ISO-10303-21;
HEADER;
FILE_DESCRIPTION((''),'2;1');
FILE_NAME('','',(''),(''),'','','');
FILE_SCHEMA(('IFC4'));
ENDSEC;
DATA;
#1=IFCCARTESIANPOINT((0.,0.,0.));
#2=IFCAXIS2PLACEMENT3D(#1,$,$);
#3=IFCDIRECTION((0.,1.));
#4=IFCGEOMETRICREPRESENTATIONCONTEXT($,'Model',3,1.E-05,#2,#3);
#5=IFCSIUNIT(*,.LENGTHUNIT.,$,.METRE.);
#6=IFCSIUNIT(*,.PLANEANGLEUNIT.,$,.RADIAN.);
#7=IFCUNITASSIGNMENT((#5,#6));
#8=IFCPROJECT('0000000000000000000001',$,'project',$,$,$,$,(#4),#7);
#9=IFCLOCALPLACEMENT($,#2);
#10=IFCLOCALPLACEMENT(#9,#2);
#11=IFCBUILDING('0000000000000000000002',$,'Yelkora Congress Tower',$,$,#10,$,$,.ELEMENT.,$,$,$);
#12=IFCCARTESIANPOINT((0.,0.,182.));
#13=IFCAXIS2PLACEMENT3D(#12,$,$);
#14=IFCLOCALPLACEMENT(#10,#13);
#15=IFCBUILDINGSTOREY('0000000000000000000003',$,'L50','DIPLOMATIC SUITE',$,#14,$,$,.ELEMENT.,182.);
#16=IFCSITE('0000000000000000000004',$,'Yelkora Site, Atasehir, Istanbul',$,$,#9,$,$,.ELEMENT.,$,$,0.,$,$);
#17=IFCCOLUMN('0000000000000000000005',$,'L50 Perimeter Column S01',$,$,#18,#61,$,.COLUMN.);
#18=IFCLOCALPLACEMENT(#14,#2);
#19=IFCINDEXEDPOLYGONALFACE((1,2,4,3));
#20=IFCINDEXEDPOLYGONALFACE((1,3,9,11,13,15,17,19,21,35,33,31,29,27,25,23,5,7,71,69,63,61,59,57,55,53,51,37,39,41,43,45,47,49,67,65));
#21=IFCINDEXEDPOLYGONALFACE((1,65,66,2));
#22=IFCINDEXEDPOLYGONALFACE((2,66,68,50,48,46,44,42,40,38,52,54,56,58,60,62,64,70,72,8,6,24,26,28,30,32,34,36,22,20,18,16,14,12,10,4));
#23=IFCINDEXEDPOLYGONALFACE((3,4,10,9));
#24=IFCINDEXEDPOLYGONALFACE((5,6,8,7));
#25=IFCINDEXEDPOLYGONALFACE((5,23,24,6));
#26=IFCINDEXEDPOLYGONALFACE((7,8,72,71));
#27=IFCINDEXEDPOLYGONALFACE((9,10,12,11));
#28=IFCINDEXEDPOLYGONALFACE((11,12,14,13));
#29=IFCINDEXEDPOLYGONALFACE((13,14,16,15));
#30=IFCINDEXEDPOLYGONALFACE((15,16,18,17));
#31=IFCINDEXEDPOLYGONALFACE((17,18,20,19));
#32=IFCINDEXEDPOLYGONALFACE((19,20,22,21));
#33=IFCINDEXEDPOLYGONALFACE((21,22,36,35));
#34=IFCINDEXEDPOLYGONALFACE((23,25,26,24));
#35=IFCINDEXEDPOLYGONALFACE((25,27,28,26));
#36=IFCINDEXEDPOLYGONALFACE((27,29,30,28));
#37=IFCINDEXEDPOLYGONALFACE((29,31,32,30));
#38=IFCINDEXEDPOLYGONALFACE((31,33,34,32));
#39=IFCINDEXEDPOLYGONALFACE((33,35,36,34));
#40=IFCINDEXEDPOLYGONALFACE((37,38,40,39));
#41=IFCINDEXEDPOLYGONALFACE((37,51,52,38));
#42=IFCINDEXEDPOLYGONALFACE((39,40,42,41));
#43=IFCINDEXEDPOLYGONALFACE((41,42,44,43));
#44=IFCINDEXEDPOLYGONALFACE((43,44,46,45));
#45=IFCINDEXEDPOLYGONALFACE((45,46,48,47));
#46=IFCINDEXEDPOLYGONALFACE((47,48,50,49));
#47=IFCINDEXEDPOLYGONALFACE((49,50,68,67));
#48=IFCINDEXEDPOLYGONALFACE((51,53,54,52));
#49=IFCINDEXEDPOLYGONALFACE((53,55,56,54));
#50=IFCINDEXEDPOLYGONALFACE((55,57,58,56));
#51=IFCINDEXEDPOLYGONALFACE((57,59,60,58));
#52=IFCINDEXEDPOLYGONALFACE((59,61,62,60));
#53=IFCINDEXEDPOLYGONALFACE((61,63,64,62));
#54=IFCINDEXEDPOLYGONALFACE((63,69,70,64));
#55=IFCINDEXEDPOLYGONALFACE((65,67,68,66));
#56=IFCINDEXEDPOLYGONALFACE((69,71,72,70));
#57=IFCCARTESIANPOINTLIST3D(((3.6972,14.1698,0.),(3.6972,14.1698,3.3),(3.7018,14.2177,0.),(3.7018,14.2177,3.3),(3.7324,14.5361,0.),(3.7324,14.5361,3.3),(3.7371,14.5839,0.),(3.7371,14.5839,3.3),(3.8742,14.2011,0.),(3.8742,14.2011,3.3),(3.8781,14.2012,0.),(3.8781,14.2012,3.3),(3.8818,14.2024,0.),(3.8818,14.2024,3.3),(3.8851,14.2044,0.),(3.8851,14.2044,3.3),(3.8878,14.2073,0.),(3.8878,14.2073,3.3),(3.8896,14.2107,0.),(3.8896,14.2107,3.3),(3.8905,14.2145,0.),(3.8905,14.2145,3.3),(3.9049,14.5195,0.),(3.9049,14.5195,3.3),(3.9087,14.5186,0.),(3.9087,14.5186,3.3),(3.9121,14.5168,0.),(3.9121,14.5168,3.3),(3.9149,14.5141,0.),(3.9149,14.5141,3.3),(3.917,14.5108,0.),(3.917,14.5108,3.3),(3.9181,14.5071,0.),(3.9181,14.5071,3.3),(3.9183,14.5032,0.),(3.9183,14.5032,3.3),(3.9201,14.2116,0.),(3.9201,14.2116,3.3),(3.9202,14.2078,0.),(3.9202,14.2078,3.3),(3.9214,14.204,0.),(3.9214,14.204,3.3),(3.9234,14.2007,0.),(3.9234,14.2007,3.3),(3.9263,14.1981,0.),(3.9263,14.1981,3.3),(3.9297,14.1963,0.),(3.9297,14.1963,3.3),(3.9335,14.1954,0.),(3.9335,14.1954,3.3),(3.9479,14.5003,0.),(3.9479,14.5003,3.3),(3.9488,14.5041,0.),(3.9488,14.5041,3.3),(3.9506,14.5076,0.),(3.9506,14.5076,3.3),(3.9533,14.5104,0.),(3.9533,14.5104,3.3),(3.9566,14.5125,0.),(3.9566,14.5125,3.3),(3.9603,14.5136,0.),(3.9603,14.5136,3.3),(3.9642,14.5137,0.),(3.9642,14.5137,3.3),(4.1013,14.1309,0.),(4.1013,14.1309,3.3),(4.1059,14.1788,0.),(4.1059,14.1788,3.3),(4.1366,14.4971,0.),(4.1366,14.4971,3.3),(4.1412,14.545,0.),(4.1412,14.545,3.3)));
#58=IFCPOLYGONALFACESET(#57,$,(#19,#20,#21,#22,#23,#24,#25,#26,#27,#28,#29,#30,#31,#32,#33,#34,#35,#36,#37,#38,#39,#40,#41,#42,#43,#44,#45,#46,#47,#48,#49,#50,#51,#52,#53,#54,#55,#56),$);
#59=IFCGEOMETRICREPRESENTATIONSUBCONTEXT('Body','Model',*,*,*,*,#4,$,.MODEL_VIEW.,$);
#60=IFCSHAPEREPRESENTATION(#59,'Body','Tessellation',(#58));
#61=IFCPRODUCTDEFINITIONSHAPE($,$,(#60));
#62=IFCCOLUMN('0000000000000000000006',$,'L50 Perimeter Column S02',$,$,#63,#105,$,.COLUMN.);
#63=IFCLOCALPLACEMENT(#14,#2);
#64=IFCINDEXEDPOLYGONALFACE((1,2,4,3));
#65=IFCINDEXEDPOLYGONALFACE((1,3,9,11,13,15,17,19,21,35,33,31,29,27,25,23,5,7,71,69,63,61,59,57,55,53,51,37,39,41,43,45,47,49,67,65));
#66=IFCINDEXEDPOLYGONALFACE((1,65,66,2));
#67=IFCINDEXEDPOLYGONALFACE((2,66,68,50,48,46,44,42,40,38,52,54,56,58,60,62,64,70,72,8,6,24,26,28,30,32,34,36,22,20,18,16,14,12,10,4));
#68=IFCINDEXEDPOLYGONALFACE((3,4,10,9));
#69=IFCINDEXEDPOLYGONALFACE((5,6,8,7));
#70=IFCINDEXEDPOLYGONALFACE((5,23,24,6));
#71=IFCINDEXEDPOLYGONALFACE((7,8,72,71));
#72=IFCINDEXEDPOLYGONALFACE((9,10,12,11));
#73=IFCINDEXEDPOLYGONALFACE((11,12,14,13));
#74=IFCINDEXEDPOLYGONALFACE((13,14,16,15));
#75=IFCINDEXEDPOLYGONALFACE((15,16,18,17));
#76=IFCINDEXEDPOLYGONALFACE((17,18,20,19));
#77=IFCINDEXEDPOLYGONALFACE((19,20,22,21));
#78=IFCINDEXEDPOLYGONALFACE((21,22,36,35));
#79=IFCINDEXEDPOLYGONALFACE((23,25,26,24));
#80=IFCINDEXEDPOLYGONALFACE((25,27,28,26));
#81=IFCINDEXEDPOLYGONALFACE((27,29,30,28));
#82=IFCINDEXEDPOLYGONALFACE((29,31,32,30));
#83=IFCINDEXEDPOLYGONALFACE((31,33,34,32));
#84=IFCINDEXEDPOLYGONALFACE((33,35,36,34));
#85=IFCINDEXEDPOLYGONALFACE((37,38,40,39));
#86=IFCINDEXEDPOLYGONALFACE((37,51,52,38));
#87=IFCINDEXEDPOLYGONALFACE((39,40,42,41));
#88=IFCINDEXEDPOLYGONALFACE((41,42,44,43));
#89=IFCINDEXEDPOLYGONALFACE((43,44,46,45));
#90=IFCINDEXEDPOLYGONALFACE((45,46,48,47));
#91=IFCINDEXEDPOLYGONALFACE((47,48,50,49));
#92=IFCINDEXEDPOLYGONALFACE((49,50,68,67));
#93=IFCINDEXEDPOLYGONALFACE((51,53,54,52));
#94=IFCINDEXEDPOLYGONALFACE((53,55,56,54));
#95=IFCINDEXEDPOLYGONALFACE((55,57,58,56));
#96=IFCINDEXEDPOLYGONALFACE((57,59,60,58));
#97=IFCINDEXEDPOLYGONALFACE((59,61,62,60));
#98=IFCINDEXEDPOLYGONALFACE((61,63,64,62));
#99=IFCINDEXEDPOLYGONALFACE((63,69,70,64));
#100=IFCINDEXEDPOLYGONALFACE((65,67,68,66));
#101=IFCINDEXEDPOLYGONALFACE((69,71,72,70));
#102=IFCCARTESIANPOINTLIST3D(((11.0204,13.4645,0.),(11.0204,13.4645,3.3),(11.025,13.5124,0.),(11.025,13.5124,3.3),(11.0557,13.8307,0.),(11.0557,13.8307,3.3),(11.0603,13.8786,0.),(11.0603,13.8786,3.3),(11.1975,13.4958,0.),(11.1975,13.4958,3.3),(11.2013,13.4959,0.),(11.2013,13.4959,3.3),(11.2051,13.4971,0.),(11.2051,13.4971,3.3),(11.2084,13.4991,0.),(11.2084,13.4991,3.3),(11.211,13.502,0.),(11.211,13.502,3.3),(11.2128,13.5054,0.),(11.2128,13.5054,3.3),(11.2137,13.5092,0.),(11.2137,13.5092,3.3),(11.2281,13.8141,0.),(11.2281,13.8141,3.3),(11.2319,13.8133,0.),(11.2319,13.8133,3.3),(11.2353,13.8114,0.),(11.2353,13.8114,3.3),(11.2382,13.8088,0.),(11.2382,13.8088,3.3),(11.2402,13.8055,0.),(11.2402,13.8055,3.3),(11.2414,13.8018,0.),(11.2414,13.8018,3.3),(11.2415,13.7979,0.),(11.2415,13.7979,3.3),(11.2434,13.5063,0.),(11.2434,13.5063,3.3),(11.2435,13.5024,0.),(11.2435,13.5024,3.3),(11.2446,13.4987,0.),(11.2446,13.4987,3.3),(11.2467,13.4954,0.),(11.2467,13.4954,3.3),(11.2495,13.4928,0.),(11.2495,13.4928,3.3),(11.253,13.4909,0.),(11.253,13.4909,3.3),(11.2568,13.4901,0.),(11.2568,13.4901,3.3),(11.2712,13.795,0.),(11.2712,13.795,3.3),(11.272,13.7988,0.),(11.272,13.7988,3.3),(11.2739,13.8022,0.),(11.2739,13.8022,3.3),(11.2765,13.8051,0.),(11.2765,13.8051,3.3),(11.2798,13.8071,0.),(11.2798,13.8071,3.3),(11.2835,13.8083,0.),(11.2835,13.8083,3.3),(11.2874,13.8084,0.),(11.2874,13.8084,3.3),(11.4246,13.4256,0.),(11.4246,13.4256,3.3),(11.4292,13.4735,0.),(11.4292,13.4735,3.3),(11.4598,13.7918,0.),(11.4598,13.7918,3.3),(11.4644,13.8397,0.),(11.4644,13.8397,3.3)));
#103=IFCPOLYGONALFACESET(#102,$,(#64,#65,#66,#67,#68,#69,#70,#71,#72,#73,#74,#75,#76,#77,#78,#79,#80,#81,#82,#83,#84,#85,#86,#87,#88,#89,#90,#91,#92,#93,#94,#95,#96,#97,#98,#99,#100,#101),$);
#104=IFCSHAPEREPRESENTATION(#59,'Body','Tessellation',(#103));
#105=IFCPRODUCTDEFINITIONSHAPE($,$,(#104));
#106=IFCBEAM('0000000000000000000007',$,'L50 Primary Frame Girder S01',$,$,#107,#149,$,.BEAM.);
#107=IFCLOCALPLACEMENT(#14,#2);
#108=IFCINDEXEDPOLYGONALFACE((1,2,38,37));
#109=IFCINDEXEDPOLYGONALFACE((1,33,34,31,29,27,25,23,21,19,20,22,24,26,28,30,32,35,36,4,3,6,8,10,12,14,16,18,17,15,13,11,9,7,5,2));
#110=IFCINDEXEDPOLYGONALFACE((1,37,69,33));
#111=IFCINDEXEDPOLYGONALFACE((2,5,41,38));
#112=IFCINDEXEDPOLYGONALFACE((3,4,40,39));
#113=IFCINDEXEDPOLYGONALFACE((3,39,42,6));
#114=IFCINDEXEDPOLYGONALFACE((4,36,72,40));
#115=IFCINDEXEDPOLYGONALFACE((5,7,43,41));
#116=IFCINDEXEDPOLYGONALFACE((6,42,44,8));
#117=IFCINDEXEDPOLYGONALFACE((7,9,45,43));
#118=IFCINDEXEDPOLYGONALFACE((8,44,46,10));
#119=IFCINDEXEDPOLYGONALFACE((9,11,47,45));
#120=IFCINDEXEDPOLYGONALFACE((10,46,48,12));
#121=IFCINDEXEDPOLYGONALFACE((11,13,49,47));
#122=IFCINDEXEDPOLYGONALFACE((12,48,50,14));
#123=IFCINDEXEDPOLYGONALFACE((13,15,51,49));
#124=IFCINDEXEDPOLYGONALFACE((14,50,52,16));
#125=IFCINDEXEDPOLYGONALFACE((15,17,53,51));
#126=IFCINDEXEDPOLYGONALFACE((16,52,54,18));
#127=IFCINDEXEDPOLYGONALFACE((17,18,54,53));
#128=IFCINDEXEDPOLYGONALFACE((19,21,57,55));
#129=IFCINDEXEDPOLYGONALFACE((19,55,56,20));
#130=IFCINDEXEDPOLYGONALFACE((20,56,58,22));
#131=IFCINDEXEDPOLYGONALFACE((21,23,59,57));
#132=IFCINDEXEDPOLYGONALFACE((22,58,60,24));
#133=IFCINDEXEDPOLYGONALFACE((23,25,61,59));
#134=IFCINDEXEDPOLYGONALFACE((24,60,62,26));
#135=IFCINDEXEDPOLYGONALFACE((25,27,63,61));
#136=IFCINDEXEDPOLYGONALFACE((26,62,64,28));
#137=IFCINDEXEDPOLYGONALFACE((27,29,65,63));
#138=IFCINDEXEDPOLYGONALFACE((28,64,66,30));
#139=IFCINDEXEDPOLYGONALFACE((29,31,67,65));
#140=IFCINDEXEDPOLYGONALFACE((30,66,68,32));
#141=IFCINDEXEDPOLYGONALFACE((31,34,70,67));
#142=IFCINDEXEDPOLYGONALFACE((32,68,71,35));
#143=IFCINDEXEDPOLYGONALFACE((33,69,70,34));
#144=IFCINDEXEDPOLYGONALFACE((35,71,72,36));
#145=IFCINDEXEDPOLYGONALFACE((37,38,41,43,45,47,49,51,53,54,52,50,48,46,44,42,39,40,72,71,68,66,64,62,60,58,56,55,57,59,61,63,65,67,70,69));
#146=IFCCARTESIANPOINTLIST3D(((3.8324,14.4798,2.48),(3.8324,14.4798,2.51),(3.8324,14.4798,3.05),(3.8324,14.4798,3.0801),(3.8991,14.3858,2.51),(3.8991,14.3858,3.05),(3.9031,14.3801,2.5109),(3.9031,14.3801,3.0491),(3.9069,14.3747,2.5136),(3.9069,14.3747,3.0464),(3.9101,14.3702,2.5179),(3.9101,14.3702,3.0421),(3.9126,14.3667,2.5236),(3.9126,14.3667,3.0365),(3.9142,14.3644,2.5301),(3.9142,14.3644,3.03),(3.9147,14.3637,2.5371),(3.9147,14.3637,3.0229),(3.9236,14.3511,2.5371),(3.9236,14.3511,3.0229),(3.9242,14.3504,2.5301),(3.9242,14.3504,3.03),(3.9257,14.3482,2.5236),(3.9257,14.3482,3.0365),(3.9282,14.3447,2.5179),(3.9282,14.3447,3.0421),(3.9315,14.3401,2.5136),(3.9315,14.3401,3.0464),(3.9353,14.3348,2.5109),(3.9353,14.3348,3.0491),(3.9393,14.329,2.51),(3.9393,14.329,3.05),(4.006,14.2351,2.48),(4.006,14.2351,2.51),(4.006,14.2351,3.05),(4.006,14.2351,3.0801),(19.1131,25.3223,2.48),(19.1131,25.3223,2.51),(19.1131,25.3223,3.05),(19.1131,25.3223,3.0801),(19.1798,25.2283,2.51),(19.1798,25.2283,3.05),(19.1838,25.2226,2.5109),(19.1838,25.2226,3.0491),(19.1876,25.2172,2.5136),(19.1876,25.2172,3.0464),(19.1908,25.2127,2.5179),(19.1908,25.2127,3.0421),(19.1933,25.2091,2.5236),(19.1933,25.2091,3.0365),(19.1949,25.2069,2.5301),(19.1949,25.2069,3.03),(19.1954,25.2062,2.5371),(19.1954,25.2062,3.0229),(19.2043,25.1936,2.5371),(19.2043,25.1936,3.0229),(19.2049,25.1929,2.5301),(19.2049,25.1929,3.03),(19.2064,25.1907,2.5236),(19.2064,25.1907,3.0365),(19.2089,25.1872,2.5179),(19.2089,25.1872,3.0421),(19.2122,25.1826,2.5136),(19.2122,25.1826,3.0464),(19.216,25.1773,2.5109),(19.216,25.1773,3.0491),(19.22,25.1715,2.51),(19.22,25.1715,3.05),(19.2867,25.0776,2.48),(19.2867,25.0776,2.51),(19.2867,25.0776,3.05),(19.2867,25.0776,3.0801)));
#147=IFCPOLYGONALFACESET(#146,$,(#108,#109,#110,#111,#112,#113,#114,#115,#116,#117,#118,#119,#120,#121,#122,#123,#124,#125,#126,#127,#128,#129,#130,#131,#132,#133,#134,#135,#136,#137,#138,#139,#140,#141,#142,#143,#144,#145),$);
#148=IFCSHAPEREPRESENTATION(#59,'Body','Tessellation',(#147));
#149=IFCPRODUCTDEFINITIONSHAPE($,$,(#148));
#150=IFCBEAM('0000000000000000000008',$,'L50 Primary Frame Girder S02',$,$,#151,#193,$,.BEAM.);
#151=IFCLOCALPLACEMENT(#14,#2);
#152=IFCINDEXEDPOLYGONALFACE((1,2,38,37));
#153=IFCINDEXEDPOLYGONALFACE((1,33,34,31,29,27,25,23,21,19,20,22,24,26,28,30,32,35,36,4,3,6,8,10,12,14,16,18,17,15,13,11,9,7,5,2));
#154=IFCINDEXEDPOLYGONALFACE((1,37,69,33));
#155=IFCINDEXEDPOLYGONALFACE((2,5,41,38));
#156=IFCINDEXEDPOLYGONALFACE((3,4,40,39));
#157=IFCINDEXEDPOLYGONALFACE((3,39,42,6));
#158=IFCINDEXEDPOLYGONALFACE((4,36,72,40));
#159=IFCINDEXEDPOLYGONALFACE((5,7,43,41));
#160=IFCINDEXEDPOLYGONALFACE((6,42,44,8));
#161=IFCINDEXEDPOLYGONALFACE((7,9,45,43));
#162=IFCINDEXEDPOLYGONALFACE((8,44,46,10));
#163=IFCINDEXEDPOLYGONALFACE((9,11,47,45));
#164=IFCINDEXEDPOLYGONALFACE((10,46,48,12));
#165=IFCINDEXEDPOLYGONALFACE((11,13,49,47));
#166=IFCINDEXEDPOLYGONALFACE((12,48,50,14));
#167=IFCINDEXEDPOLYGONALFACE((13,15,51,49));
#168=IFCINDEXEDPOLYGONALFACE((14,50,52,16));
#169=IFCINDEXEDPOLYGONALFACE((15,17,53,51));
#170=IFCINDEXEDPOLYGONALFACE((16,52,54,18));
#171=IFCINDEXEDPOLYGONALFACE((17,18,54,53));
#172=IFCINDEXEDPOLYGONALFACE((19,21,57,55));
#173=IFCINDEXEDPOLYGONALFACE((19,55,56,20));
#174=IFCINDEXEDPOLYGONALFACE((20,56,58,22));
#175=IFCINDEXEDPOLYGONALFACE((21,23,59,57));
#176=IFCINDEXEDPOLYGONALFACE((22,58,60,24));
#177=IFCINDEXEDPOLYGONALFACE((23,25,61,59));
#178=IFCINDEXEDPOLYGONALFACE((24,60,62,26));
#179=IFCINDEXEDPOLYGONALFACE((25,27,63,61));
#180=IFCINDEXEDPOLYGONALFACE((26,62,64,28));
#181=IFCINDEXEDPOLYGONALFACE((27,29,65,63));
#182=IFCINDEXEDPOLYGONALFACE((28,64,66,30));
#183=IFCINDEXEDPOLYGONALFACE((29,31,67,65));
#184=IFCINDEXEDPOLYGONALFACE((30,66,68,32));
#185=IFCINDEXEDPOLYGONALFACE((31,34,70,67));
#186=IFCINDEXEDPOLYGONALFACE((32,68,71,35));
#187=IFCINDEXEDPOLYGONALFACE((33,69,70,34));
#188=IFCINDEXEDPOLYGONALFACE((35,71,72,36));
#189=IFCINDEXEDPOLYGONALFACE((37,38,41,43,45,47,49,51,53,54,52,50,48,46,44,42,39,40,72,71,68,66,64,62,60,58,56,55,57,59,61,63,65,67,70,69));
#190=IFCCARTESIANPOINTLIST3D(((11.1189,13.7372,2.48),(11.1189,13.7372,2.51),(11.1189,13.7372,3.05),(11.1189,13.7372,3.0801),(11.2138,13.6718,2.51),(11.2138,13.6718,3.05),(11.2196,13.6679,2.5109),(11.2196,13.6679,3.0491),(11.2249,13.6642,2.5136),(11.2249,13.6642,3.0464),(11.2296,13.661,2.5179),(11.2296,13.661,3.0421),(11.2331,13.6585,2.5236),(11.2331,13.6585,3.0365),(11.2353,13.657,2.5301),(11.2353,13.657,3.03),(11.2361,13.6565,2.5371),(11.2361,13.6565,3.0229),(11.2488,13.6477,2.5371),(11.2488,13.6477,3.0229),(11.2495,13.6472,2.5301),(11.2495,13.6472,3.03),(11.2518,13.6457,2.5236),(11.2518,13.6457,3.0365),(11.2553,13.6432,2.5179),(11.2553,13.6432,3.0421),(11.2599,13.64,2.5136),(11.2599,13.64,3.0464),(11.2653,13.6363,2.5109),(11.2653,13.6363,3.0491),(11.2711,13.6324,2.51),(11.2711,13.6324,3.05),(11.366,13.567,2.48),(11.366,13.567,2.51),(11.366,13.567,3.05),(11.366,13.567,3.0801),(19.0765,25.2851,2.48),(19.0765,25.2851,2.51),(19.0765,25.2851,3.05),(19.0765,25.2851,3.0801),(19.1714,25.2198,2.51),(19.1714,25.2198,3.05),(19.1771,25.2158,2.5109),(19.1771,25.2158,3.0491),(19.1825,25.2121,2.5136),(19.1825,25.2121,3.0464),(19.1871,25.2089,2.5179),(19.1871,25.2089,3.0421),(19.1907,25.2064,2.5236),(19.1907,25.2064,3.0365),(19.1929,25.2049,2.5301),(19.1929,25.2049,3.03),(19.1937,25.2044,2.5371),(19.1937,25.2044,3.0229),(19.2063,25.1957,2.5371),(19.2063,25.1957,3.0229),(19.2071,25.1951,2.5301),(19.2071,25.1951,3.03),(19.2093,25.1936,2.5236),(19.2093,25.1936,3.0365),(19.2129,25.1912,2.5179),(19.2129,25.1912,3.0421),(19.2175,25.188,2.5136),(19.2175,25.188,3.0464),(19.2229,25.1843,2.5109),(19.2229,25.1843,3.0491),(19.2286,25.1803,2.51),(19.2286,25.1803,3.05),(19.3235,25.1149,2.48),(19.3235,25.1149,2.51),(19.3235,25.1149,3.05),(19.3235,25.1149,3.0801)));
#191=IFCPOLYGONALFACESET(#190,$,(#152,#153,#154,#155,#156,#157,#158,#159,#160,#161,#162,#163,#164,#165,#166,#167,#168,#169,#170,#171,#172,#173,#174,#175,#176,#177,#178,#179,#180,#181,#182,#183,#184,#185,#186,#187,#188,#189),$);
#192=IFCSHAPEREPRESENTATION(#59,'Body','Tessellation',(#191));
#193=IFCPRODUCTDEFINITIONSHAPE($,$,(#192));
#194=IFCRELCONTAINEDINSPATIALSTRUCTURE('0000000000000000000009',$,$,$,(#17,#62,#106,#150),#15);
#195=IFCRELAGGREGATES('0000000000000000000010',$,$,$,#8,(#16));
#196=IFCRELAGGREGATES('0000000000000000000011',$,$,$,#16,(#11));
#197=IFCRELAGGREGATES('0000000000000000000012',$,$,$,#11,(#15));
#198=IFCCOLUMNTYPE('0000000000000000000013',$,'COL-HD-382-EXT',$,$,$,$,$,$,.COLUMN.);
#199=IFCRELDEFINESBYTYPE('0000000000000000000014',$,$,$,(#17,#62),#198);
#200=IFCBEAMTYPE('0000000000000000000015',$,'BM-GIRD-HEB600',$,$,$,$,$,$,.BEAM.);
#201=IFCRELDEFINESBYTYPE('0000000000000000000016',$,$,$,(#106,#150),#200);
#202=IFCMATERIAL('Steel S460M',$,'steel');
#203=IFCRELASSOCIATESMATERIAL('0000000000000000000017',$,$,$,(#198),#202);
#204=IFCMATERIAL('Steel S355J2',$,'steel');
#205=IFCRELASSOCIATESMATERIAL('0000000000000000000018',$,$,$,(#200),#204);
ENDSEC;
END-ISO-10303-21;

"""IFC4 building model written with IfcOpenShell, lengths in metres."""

from ifc_helpers import new_model, si_unit, direction, frame, origin, origin_2d, place, context, subcontext, project, spatial, i_section, extrude, material, material_profile, profile_set, type_object, element, save


model = new_model("IFC4")

# Units and contexts
model_context = context("Model", 3, precision=1e-05, world=origin(), true_north=direction((0.0, 1.0)))
body_context = subcontext(model_context, "Body", "Model", "MODEL_VIEW")
ifc_project = project(units=[si_unit("LENGTHUNIT", "METRE"), si_unit("PLANEANGLEUNIT", "RADIAN")], contexts=[model_context])

# Site, building, storey
site_placement = place(None, origin())
site = spatial("IfcSite", under=ifc_project, at=site_placement, Name="Yelkora Site, Atasehir, Istanbul", CompositionType="ELEMENT", RefElevation=0.0)
building_placement = place(site_placement, origin())
building = spatial("IfcBuilding", under=site, at=building_placement, Name="Yelkora Congress Tower", CompositionType="ELEMENT")
storey_placement = place(building_placement, frame((0.0, 0.0, 182.0)))
storey = spatial("IfcBuildingStorey", under=building, at=storey_placement, Name="L50", Description="DIPLOMATIC SUITE", CompositionType="ELEMENT", Elevation=182.0)

# Columns
ifc_material_1 = material(Name="Steel S460M", Category="steel")
ifc_material_profile_1 = material_profile(ifc_material_1, i_section(OverallWidth=0.406, OverallDepth=0.416, WebThickness=0.0298, FlangeThickness=0.0481, FilletRadius=0.0149, at=origin_2d()), Name="HD 400x382")
ifc_profile_set_1 = profile_set([ifc_material_profile_1], Name="Steel S460M")
column_type = type_object("IfcColumnType", Name="COL-HD-382-EXT", PredefinedType="COLUMN", material=ifc_profile_set_1)
for number, where, z_axis, x_axis, name in (
    (1, (3.9192, 14.3574, 0.0), (0.0, 0.0, 1.0), (0.995396, -0.095846, 0.0), "L50 Perimeter Column S01"),
    (2, (11.2424, 13.6521, 0.0), (0.0, 0.0, 1.0), (0.995396, -0.095846, 0.0), "L50 Perimeter Column S02"),
):
    element("IfcColumn", number, at=place(storey_placement, frame(where, z_axis=z_axis, x_axis=x_axis)), inside=storey, type_object=column_type, Name=name, PredefinedType="COLUMN", context=body_context, shape_type="SweptSolid", body=[
        extrude(i_section(OverallWidth=0.406, OverallDepth=0.416, WebThickness=0.0298, FlangeThickness=0.0481, FilletRadius=0.0149, at=origin_2d()), origin(), (0.0, 0.0, 1.0), 3.3),
    ])

# Beams
ifc_material_2 = material(Name="Steel S355J2", Category="steel")
ifc_material_profile_2 = material_profile(ifc_material_2, i_section(OverallWidth=0.3, OverallDepth=0.6001, WebThickness=0.0154, FlangeThickness=0.03, FilletRadius=0.0271, at=origin_2d()), Name="HEB 600")
ifc_profile_set_2 = profile_set([ifc_material_profile_2], Name="Steel S355J2")
beam_type_1 = type_object("IfcBeamType", Name="BM-GIRD-HEB600", PredefinedType="BEAM", material=ifc_profile_set_2)
beam_1_placement = place(storey_placement, frame((3.9192, 14.3574, 2.78), z_axis=(0.815555, 0.57868, 0.0), x_axis=(-0.57868, 0.815555, 0.0)))
element("IfcBeam", 3, at=beam_1_placement, inside=storey, type_object=beam_type_1, Name="L50 Primary Frame Girder S01", PredefinedType="BEAM", context=body_context, shape_type="SweptSolid", body=[
    extrude(i_section(OverallWidth=0.3, OverallDepth=0.6001, WebThickness=0.0154, FlangeThickness=0.03, FilletRadius=0.0271, at=origin_2d()), origin(), (0.0, 0.0, 1.0), 18.7366),
])
beam_2_placement = place(storey_placement, frame((11.2424, 13.6521, 2.78), z_axis=(0.567418, 0.82343, 0.0), x_axis=(-0.82343, 0.567418, 0.0)))
element("IfcBeam", 4, at=beam_2_placement, inside=storey, type_object=beam_type_1, Name="L50 Primary Frame Girder S02", PredefinedType="BEAM", context=body_context, shape_type="SweptSolid", body=[
    extrude(i_section(OverallWidth=0.3, OverallDepth=0.6001, WebThickness=0.0154, FlangeThickness=0.03, FilletRadius=0.0271, at=origin_2d()), origin(), (0.0, 0.0, 1.0), 14.0242),
])

save(model, "model.ifc")
